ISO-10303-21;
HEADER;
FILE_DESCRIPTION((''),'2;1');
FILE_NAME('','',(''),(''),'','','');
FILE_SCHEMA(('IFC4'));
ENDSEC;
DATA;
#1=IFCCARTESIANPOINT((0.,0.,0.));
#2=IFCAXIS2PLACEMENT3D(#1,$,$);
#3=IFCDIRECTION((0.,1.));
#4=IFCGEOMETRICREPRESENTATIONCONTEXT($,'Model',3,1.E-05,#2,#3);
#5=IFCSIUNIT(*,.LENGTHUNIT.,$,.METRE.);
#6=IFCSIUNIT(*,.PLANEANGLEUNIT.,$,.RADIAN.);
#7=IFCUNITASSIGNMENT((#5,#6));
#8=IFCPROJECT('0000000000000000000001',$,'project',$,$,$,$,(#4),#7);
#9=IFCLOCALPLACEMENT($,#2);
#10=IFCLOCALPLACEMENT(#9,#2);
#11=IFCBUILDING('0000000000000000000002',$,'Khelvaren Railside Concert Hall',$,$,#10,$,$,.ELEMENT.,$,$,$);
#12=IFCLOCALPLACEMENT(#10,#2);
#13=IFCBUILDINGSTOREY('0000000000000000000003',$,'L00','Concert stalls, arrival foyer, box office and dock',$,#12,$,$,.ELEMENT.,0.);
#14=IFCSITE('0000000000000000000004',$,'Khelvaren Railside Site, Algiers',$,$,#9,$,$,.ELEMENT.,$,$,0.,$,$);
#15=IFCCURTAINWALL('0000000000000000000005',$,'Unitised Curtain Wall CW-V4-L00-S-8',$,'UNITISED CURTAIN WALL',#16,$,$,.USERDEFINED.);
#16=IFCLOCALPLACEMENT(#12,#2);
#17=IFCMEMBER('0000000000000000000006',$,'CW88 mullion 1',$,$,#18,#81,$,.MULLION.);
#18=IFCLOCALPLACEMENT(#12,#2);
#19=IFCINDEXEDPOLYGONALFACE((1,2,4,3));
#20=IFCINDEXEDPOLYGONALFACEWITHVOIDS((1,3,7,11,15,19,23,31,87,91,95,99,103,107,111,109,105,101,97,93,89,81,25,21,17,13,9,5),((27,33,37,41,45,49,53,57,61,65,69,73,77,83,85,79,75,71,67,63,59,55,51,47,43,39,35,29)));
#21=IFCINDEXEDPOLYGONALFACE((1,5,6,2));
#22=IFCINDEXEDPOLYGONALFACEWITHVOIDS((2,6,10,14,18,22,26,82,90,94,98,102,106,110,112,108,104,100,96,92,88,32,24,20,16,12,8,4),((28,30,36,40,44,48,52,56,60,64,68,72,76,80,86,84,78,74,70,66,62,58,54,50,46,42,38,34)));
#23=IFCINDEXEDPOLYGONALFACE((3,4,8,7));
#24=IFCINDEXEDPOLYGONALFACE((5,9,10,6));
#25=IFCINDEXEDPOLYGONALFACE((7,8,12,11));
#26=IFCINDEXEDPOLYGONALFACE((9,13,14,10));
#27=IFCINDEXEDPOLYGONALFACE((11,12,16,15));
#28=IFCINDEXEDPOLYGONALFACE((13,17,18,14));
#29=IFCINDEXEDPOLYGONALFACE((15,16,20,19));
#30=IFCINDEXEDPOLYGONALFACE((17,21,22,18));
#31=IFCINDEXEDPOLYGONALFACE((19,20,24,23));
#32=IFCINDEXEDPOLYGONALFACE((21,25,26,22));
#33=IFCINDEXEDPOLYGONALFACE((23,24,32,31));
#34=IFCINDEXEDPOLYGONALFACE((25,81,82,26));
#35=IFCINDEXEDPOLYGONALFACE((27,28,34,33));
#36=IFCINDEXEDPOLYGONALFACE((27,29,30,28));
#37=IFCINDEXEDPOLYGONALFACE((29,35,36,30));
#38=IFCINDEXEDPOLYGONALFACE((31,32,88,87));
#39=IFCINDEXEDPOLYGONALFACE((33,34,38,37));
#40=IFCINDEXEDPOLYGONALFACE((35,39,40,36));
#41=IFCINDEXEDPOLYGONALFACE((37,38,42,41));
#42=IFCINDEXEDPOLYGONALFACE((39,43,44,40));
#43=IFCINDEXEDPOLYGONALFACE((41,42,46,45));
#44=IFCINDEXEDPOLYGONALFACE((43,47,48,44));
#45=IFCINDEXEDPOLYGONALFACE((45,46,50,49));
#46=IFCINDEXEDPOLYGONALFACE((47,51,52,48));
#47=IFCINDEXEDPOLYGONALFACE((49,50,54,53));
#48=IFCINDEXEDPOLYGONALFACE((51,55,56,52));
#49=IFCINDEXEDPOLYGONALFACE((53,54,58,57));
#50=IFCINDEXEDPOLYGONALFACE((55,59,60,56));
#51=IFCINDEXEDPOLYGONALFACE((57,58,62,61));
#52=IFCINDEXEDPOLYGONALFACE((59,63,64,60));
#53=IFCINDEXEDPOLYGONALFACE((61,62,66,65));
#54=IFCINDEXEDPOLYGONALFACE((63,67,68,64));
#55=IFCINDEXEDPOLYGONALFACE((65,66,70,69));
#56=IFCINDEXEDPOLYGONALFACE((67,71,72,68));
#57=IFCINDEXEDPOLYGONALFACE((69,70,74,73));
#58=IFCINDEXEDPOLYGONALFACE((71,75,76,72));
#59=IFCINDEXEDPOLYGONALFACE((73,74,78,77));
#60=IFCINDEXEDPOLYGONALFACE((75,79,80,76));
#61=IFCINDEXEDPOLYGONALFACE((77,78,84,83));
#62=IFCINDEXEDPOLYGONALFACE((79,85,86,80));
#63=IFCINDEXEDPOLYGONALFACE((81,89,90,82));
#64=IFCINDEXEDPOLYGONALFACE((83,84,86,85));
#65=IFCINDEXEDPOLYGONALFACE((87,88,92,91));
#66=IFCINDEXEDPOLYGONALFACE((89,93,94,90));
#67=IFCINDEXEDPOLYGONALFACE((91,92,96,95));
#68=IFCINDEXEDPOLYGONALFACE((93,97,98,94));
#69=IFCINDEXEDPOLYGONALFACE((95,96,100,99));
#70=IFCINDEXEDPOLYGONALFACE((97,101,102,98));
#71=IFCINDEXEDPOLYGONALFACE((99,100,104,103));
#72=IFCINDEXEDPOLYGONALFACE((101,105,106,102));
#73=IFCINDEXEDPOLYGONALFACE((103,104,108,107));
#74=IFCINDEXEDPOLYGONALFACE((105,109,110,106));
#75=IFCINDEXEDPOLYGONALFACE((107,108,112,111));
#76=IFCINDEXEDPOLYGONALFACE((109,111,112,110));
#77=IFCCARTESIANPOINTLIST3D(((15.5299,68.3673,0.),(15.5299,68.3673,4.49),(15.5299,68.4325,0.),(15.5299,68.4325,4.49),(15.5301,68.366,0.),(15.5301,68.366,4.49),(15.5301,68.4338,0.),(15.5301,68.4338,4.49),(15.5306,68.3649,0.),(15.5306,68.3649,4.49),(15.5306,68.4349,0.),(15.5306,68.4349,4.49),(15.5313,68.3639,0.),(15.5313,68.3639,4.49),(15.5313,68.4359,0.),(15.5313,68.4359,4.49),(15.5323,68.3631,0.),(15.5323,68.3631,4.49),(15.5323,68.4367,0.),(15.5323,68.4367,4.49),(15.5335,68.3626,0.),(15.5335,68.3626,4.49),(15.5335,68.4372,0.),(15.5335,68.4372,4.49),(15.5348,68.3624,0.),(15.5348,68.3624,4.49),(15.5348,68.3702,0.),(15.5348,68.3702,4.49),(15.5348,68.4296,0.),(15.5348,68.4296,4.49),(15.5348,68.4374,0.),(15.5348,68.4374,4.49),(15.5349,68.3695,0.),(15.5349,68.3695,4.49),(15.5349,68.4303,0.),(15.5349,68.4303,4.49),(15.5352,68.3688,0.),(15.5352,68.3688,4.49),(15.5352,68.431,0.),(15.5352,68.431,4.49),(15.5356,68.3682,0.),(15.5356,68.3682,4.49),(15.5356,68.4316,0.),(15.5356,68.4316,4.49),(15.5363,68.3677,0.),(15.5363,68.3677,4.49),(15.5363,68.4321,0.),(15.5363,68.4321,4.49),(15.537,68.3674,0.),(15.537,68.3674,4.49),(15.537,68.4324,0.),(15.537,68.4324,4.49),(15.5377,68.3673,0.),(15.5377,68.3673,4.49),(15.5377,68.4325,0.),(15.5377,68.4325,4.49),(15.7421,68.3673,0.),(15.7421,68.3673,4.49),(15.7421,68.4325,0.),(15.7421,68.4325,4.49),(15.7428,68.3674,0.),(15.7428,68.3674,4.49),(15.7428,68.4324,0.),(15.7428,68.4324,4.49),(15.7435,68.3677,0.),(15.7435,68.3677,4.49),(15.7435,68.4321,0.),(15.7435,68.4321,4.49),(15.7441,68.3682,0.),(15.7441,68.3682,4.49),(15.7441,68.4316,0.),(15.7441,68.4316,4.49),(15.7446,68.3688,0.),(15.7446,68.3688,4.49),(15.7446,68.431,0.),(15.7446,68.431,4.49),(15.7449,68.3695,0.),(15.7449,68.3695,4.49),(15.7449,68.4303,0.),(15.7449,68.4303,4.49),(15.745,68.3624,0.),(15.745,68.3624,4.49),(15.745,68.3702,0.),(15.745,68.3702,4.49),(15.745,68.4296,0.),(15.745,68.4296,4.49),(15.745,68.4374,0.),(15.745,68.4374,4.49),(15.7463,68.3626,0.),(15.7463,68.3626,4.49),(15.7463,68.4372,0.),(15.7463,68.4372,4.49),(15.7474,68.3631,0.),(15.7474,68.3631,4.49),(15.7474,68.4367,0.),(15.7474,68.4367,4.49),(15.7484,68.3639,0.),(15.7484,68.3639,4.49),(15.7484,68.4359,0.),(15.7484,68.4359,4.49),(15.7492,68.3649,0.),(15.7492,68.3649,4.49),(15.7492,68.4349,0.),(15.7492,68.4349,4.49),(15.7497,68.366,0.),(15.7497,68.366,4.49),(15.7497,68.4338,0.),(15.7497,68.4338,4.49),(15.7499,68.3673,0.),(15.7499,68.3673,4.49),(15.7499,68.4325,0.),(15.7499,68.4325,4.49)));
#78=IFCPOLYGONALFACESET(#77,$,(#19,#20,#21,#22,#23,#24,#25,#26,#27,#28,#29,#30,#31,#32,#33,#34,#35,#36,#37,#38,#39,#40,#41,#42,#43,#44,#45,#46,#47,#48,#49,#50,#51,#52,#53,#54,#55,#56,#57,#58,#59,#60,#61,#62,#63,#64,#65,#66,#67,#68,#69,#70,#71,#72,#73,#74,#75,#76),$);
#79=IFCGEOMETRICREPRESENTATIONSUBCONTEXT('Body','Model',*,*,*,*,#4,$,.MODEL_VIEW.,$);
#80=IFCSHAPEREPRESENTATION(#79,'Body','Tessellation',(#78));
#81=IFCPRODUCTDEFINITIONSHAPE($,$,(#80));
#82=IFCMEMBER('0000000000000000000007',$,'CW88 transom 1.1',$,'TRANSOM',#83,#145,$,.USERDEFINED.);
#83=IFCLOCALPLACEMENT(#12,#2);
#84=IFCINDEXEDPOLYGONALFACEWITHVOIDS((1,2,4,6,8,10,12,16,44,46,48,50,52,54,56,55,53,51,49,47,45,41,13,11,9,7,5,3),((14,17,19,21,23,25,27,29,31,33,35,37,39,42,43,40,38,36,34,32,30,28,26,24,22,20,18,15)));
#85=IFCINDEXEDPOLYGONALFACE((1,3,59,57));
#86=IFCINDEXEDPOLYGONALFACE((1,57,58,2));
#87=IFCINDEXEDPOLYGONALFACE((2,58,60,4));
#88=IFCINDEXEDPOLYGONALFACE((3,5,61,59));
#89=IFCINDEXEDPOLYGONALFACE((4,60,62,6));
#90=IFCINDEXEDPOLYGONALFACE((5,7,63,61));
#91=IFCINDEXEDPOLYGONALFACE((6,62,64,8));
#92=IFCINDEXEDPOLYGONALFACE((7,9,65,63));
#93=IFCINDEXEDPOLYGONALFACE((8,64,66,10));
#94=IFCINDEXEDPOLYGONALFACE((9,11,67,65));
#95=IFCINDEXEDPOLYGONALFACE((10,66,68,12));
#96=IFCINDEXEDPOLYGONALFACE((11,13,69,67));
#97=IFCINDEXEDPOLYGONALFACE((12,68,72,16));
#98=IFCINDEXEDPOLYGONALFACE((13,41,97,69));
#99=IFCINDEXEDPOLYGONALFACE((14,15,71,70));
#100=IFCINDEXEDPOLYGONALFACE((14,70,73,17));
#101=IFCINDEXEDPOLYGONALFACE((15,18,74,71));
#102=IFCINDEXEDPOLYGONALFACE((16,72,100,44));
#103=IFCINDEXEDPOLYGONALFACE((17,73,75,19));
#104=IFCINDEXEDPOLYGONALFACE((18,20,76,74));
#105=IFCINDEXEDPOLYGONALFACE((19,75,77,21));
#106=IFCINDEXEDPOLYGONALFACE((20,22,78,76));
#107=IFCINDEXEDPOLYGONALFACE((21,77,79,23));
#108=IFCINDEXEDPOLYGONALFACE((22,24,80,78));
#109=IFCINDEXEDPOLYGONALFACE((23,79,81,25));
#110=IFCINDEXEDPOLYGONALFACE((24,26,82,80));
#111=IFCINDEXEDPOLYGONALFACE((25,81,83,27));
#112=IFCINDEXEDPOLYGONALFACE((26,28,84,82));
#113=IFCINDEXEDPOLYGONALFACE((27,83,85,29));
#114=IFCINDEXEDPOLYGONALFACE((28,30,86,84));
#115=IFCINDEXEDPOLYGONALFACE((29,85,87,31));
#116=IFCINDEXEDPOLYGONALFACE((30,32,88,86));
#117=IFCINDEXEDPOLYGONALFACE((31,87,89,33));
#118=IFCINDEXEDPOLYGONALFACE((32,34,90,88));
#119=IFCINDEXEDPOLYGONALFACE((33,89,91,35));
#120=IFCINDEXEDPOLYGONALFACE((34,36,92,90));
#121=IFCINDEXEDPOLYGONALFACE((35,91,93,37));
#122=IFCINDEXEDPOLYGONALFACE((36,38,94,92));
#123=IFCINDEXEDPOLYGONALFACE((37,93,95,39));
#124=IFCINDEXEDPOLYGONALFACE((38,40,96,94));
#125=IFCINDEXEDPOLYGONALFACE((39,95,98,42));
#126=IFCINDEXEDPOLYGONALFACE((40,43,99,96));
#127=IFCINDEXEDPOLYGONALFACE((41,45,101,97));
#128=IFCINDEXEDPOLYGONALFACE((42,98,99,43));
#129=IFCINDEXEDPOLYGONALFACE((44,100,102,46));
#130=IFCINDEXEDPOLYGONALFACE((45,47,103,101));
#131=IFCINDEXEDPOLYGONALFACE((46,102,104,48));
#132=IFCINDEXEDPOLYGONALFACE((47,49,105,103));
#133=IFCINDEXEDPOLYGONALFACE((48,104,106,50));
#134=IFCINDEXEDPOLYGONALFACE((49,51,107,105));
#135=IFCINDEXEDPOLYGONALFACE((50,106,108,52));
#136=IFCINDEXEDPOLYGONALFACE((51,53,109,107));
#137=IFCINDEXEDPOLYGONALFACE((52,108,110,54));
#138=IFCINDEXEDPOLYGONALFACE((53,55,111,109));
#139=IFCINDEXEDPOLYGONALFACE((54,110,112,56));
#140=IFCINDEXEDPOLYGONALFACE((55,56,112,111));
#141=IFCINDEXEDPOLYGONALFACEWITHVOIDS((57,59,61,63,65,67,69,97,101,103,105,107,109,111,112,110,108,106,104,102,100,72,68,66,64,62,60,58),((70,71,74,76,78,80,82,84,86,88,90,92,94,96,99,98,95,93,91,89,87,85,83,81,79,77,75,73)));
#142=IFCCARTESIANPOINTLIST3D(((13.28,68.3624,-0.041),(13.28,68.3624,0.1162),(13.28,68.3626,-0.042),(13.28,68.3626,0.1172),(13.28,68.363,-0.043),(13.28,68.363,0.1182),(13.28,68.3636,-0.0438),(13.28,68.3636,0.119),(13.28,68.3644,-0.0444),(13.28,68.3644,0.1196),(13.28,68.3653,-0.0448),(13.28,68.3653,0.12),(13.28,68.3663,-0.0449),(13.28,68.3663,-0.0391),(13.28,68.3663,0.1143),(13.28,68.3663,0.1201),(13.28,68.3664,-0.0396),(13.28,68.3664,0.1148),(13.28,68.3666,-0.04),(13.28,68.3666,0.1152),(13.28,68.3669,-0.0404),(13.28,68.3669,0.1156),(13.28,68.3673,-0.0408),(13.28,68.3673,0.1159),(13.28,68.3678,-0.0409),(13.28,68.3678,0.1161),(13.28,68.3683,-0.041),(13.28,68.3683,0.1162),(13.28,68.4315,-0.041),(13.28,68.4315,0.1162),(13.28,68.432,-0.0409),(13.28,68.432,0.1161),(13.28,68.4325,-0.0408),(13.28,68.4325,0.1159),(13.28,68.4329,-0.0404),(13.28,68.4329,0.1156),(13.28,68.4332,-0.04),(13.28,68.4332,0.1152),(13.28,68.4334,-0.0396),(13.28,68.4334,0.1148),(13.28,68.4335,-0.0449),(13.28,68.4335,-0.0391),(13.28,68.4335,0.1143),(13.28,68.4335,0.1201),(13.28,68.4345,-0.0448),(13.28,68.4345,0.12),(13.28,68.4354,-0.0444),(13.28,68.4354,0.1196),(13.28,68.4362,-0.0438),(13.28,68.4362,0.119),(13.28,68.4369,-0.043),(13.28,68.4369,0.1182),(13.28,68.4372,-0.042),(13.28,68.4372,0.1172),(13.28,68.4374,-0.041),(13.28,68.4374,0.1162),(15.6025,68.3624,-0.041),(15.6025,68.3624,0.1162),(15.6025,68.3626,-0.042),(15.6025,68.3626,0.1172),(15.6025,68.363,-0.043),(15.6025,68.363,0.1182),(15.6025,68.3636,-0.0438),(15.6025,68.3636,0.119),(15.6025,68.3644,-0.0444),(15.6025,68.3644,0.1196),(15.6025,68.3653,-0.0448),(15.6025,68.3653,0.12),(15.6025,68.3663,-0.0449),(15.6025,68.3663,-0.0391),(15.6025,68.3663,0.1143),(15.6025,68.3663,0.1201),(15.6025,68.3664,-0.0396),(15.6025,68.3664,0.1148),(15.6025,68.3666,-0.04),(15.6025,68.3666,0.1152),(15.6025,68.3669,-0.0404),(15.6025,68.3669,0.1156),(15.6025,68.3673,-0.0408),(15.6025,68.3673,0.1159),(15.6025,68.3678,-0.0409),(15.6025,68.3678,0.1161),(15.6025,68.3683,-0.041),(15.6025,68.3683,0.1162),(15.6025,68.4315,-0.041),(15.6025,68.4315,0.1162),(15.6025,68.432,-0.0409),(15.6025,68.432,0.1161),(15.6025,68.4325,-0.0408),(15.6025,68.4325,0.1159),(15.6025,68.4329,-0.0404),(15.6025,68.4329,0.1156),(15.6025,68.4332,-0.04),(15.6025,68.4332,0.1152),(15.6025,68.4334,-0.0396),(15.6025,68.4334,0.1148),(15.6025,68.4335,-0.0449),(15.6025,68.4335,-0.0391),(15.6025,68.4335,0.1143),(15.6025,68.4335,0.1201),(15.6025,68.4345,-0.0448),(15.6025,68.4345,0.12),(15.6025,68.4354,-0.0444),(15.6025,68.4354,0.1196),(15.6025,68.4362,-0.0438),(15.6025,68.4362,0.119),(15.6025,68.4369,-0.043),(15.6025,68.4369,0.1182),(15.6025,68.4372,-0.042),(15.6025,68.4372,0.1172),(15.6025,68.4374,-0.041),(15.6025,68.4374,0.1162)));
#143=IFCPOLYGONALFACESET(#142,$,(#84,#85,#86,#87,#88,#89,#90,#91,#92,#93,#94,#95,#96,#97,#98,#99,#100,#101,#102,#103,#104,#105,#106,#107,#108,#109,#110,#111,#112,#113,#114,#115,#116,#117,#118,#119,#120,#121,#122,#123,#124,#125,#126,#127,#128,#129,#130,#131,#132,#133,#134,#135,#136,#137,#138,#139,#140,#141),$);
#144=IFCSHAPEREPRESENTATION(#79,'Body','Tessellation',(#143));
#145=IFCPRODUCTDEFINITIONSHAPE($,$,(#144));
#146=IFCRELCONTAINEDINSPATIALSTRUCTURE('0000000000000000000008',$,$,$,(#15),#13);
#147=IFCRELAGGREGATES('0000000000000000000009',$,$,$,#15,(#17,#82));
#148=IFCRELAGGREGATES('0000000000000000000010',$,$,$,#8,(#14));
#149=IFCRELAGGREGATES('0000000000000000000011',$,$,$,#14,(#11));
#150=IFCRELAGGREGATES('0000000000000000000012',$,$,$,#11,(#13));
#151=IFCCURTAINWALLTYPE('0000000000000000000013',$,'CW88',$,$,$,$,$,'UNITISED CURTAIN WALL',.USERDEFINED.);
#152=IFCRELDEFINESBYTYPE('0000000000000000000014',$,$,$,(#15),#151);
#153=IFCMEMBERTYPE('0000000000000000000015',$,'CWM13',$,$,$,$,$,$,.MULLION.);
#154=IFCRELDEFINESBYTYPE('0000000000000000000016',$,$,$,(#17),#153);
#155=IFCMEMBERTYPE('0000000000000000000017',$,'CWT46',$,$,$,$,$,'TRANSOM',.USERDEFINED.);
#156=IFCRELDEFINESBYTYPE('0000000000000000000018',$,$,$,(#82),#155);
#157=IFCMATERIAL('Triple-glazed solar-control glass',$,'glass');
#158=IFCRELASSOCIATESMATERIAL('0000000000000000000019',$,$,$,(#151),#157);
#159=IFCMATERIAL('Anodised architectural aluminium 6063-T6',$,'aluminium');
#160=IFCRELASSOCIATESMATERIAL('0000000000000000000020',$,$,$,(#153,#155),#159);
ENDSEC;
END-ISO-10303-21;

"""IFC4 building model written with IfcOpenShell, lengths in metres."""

from ifc_helpers import new_model, si_unit, direction, frame, origin, origin_2d, place, context, subcontext, project, spatial, hollow_rectangle, extrude, material, material_profile, profile_set, type_object, element, aggregate, save


model = new_model("IFC4")

# Units and contexts
model_context = context("Model", 3, precision=1e-05, world=origin(), true_north=direction((0.0, 1.0)))
body_context = subcontext(model_context, "Body", "Model", "MODEL_VIEW")
ifc_project = project(units=[si_unit("LENGTHUNIT", "METRE"), si_unit("PLANEANGLEUNIT", "RADIAN")], contexts=[model_context])

# Site, building, storey
site_placement = place(None, origin())
site = spatial("IfcSite", under=ifc_project, at=site_placement, Name="Khelvaren Railside Site, Algiers", CompositionType="ELEMENT", RefElevation=0.0)
building_placement = place(site_placement, origin())
building = spatial("IfcBuilding", under=site, at=building_placement, Name="Khelvaren Railside Concert Hall", CompositionType="ELEMENT")
storey_placement = place(building_placement, origin())
storey = spatial("IfcBuildingStorey", under=building, at=storey_placement, Name="L00", Description="Concert stalls, arrival foyer, box office and dock", CompositionType="ELEMENT", Elevation=0.0)

# Curtain wall, members
ifc_material_1 = material(Name="Triple-glazed solar-control glass", Category="glass")
curtain_wall_type = type_object("IfcCurtainWallType", Name="CW88", ElementType="UNITISED CURTAIN WALL", PredefinedType="USERDEFINED", material=ifc_material_1)
curtain_wall_placement = place(storey_placement, origin())
curtain_wall = element("IfcCurtainWall", 1, at=curtain_wall_placement, inside=storey, type_object=curtain_wall_type, Name="Unitised Curtain Wall CW-V4-L00-S-8", ObjectType="UNITISED CURTAIN WALL", PredefinedType="USERDEFINED")
ifc_material_2 = material(Name="Anodised architectural aluminium 6063-T6", Category="aluminium")
ifc_material_profile_1 = material_profile(ifc_material_2, hollow_rectangle(XDim=0.075, YDim=0.22, WallThickness=0.0049, InnerFilletRadius=0.0029, OuterFilletRadius=0.0049, at=origin_2d()), Name="CWM 75x220x5")
ifc_profile_set_1 = profile_set([ifc_material_profile_1], Name="Anodised architectural aluminium 6063-T6")
member_type_1 = type_object("IfcMemberType", Name="CWM13", PredefinedType="MULLION", material=ifc_profile_set_1)
member_1_placement = place(storey_placement, frame((15.6399, 68.3999, 0.0), z_axis=(0.0, 0.0, 1.0), x_axis=(0.0, -1.0, 0.0)))
member_1 = element("IfcMember", 2, at=member_1_placement, type_object=member_type_1, Name="CW88 mullion 1", PredefinedType="MULLION", context=body_context, shape_type="SweptSolid", body=[
    extrude(hollow_rectangle(XDim=0.075, YDim=0.22, WallThickness=0.0049, InnerFilletRadius=0.0029, OuterFilletRadius=0.0049, at=origin_2d()), origin(), (0.0, 0.0, 1.0), 4.49),
])
ifc_material_profile_2 = material_profile(ifc_material_2, hollow_rectangle(XDim=0.075, YDim=0.165, WallThickness=0.0039, InnerFilletRadius=0.002, OuterFilletRadius=0.0039, at=origin_2d()), Name="CWT 75x165x4")
ifc_profile_set_2 = profile_set([ifc_material_profile_2], Name="Anodised architectural aluminium 6063-T6")
member_type_2 = type_object("IfcMemberType", Name="CWT46", ElementType="TRANSOM", PredefinedType="USERDEFINED", material=ifc_profile_set_2)
member_2_placement = place(storey_placement, frame((15.6025, 68.3999, 0.0376), z_axis=(-1.0, 0.0, 0.0), x_axis=(0.0, -1.0, 0.0)))
member_2 = element("IfcMember", 3, at=member_2_placement, type_object=member_type_2, Name="CW88 transom 1.1", ObjectType="TRANSOM", PredefinedType="USERDEFINED", context=body_context, shape_type="SweptSolid", body=[
    extrude(hollow_rectangle(XDim=0.075, YDim=0.165, WallThickness=0.0039, InnerFilletRadius=0.002, OuterFilletRadius=0.0039, at=origin_2d()), origin(), (0.0, 0.0, 1.0), 2.3225),
])

aggregate(curtain_wall, [member_1, member_2])

save(model, "model.ifc")
